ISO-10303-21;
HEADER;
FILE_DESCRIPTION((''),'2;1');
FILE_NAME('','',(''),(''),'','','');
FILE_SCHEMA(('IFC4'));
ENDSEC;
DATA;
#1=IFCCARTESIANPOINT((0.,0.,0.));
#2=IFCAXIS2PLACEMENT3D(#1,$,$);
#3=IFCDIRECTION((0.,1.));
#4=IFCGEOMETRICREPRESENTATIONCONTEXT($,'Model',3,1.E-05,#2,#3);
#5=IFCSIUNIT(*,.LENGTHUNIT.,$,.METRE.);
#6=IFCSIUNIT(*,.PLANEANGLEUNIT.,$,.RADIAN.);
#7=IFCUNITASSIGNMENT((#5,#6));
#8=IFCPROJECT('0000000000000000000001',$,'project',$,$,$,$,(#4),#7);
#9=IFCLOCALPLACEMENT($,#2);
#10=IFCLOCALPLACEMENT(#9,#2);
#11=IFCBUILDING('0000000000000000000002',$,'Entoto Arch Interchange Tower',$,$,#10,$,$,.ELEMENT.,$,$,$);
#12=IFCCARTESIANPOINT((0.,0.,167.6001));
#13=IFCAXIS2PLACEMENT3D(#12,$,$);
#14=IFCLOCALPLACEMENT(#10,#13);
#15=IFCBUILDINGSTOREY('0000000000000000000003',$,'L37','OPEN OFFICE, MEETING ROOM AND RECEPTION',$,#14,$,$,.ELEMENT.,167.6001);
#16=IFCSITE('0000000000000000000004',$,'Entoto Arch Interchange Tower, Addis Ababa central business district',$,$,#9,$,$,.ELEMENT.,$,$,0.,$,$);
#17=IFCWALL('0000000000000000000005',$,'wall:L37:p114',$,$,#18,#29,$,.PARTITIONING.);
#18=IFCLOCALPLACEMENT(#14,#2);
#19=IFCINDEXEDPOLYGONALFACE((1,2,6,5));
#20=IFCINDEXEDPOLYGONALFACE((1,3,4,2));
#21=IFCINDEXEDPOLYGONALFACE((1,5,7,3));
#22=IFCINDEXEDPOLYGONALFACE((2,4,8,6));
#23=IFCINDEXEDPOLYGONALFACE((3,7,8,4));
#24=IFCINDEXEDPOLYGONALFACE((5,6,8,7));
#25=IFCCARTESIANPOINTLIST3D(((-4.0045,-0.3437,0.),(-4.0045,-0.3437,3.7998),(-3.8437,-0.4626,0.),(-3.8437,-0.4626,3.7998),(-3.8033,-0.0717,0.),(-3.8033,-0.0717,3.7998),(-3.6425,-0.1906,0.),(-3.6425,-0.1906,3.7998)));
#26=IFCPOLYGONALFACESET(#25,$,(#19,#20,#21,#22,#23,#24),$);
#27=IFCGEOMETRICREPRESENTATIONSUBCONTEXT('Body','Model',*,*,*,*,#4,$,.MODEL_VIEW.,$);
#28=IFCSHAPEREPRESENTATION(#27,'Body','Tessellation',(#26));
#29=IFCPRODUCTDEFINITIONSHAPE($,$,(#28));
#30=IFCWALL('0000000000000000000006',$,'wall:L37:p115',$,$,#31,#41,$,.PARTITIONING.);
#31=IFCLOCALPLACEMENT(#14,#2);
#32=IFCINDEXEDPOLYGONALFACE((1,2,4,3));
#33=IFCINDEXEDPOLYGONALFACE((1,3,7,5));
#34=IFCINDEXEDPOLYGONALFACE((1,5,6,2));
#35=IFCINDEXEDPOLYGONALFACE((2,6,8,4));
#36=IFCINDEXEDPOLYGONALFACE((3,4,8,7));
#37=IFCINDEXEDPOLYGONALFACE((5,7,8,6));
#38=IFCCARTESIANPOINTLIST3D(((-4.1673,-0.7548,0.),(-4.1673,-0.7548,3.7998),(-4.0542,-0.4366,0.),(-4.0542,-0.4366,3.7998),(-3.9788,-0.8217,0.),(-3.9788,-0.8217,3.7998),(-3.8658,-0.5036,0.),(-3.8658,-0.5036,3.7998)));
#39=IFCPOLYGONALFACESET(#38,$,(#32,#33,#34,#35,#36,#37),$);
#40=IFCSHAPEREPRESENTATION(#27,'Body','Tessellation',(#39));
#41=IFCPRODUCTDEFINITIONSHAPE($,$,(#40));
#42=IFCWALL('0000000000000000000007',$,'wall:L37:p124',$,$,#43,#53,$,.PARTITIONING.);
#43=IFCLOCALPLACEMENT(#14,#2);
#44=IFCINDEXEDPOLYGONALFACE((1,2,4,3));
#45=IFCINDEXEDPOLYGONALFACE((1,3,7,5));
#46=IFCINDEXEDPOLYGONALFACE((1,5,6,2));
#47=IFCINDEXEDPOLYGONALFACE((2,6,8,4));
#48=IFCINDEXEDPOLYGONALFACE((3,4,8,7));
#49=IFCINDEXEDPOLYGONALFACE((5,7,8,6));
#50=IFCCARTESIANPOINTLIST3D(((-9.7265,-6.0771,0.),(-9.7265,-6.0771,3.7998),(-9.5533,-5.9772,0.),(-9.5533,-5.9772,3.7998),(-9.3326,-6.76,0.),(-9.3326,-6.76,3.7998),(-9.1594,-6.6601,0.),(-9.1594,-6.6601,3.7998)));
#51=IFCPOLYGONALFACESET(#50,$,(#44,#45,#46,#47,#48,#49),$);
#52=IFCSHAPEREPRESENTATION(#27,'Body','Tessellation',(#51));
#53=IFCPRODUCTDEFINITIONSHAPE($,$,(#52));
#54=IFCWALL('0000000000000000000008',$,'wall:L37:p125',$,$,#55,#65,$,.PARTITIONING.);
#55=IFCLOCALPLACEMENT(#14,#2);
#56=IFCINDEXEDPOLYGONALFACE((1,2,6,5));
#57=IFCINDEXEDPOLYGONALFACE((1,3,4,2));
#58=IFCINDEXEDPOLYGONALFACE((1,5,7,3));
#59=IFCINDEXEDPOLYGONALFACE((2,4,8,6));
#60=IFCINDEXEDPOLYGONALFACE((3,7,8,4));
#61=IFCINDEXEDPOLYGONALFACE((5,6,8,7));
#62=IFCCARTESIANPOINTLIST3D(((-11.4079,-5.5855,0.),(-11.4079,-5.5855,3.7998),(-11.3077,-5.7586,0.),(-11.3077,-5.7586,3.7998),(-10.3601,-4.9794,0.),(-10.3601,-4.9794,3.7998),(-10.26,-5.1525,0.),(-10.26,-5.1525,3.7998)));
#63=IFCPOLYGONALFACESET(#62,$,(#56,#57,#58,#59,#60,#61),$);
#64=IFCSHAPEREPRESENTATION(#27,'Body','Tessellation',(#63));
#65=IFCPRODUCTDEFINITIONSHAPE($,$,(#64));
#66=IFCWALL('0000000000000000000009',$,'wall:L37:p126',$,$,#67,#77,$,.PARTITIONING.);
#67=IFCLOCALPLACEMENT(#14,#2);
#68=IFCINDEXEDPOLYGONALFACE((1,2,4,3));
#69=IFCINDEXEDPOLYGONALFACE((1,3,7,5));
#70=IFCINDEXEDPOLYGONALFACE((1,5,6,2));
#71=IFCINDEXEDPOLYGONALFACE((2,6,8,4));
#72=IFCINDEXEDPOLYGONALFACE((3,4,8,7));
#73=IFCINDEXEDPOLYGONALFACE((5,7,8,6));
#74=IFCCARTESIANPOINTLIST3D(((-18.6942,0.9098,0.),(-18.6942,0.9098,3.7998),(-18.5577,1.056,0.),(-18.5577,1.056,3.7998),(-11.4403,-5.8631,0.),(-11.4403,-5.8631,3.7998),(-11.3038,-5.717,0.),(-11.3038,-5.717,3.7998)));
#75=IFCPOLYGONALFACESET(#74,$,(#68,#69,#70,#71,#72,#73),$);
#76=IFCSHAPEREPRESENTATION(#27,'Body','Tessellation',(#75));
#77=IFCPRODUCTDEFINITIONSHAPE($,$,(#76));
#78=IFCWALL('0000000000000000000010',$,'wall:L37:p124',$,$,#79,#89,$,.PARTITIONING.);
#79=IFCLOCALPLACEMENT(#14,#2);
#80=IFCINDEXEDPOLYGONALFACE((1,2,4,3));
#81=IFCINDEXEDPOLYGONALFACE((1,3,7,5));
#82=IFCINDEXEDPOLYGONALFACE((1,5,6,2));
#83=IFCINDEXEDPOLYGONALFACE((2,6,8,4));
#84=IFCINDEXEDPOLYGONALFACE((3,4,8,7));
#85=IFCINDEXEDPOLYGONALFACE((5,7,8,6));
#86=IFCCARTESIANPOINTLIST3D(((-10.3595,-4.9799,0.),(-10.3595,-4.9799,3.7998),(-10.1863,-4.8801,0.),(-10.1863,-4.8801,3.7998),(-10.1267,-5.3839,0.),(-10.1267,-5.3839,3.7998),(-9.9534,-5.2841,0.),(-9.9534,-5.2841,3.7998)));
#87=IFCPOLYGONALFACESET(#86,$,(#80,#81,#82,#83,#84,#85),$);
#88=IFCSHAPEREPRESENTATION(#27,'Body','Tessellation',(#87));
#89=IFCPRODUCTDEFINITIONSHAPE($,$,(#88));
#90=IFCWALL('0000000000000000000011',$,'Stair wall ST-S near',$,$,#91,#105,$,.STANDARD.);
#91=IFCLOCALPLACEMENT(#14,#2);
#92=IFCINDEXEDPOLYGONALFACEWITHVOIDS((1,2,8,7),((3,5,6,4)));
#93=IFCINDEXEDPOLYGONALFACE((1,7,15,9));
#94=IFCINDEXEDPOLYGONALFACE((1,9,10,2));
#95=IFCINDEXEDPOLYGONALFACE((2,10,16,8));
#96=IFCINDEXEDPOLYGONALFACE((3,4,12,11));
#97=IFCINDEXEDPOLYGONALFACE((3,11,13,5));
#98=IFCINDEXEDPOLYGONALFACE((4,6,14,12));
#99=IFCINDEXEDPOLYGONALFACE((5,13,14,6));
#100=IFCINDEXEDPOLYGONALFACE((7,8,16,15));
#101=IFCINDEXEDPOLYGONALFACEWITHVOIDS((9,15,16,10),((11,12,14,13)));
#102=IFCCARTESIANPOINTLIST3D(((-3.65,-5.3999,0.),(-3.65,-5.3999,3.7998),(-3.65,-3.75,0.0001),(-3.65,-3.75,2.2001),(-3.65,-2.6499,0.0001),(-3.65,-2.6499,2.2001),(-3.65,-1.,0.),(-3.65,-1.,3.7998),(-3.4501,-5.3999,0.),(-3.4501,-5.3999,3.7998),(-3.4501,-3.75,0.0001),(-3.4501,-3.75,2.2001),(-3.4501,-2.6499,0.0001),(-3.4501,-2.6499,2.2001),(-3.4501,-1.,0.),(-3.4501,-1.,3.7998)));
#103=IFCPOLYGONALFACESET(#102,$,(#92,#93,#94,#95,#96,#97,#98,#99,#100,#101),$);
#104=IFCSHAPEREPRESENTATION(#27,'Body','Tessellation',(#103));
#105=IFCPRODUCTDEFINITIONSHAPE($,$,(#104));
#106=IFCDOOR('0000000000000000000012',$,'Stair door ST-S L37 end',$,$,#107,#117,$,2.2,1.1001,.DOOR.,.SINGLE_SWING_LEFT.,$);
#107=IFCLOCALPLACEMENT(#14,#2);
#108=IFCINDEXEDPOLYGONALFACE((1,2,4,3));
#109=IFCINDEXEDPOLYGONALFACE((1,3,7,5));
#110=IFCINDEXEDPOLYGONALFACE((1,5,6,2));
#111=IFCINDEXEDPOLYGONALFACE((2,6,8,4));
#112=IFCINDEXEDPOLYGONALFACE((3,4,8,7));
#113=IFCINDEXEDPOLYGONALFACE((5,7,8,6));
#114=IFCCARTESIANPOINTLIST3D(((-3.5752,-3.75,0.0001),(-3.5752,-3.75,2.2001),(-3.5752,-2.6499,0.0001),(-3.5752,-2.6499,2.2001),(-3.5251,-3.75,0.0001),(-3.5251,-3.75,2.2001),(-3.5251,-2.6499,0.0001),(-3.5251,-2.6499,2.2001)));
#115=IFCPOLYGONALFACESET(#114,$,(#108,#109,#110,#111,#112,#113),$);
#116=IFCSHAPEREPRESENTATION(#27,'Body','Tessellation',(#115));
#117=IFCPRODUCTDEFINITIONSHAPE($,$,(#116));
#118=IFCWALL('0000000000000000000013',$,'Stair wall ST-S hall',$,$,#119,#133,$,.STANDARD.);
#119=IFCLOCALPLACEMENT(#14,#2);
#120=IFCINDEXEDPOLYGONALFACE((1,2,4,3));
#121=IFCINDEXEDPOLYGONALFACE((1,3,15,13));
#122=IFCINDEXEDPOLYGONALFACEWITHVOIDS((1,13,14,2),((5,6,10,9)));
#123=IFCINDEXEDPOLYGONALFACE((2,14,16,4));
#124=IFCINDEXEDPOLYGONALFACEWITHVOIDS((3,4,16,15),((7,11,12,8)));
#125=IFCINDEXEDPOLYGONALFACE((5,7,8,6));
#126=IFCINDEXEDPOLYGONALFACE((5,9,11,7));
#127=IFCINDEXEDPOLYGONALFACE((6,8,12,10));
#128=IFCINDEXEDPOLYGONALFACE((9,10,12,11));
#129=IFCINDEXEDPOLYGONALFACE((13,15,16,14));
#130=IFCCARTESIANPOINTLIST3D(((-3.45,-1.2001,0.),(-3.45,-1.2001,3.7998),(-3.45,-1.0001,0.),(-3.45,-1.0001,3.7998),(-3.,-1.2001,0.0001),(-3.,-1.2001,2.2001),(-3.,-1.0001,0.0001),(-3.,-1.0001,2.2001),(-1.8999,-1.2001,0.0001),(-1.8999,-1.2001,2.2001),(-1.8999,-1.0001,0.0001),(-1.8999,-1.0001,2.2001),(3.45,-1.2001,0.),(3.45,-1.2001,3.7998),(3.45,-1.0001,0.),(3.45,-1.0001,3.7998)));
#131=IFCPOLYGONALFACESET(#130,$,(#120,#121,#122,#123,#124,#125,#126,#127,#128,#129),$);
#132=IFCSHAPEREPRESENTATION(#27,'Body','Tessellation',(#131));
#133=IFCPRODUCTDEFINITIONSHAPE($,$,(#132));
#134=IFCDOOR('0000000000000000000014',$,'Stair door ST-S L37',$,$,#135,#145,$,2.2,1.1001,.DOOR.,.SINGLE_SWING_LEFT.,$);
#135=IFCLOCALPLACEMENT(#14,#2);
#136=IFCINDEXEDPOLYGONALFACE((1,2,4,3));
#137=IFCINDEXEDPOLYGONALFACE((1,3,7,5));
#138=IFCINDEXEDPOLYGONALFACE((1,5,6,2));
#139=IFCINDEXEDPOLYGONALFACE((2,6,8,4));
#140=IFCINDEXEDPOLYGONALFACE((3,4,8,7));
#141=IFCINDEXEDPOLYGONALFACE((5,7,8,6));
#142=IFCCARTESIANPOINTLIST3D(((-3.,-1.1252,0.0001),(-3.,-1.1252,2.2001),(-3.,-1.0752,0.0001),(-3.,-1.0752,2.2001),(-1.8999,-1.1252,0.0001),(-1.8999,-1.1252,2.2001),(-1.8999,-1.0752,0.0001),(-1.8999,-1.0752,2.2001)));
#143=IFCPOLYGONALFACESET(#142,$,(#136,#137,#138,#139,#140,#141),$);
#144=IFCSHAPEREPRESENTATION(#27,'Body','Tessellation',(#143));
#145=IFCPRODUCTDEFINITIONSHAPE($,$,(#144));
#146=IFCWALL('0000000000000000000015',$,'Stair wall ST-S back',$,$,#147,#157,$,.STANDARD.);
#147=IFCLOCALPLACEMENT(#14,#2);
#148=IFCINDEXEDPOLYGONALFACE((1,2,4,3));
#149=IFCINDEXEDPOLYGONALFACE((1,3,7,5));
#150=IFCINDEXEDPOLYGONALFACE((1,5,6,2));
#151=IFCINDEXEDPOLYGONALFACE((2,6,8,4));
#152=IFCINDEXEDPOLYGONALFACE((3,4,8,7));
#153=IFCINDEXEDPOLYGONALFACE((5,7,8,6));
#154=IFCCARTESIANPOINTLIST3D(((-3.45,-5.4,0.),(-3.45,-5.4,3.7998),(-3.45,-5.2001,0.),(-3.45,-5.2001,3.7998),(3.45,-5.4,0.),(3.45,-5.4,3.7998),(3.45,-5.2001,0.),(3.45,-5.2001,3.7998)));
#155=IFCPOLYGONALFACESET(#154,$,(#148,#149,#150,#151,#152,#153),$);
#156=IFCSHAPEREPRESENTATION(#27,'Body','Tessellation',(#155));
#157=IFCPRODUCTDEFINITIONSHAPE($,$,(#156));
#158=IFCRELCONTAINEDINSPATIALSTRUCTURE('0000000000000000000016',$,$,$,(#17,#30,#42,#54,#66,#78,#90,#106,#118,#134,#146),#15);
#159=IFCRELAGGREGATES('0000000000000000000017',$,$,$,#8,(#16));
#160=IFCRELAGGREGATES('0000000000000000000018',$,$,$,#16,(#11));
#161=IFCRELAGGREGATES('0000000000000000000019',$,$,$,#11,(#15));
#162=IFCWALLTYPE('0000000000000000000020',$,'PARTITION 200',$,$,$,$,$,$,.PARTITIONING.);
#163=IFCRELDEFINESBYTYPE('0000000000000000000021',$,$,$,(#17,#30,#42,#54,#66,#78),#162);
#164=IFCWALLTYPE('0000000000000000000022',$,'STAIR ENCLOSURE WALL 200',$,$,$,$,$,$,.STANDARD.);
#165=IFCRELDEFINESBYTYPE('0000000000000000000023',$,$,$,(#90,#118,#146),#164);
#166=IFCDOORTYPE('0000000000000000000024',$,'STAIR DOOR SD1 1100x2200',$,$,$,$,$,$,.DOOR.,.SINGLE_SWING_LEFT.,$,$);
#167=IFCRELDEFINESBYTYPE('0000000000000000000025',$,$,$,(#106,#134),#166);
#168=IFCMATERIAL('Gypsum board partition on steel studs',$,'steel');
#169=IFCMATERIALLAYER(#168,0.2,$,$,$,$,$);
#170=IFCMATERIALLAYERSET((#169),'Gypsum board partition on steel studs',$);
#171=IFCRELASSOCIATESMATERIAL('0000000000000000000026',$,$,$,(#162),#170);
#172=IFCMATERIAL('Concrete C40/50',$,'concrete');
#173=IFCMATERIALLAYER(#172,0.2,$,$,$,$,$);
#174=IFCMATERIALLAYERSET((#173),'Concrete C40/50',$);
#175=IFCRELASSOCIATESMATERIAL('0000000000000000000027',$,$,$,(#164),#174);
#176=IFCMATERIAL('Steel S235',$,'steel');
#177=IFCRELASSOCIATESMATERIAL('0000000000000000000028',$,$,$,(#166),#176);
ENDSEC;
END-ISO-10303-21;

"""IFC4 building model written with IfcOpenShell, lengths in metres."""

from ifc_helpers import new_model, si_unit, direction, frame, frame_2d, origin, place, context, subcontext, project, spatial, rectangle, extrude, material, layer, layer_set, type_object, element, fill, save


model = new_model("IFC4")

# Units and contexts
model_context = context("Model", 3, precision=1e-05, world=origin(), true_north=direction((0.0, 1.0)))
body_context = subcontext(model_context, "Body", "Model", "MODEL_VIEW")
ifc_project = project(units=[si_unit("LENGTHUNIT", "METRE"), si_unit("PLANEANGLEUNIT", "RADIAN")], contexts=[model_context])

# Site, building, storey
site_placement = place(None, origin())
site = spatial("IfcSite", under=ifc_project, at=site_placement, Name="Entoto Arch Interchange Tower, Addis Ababa central business district", CompositionType="ELEMENT", RefElevation=0.0)
building_placement = place(site_placement, origin())
building = spatial("IfcBuilding", under=site, at=building_placement, Name="Entoto Arch Interchange Tower", CompositionType="ELEMENT")
storey_placement = place(building_placement, frame((0.0, 0.0, 167.6001)))
storey = spatial("IfcBuildingStorey", under=building, at=storey_placement, Name="L37", Description="OPEN OFFICE, MEETING ROOM AND RECEPTION", CompositionType="ELEMENT", Elevation=167.6001)

# Shared definitions
ifc_material_1 = material(Name="Concrete C40/50", Category="concrete")
ifc_material_2 = material(Name="Gypsum board partition on steel studs", Category="steel")
ifc_layer_1 = layer(ifc_material_2, 0.2)
ifc_layer_set_1 = layer_set([ifc_layer_1], Name="Gypsum board partition on steel studs")
wall_type_1 = type_object("IfcWallType", Name="PARTITION 200", PredefinedType="PARTITIONING", material=ifc_layer_set_1)

# Walls
wall_1_placement = place(storey_placement, frame((-3.7229, -0.1311, 0.0), z_axis=(0.0, 0.0, 1.0), x_axis=(-0.594675, -0.803966, 0.0)))
element("IfcWall", 1, at=wall_1_placement, inside=storey, type_object=wall_type_1, Name="wall:L37:p114", PredefinedType="PARTITIONING", context=body_context, shape_type="SweptSolid", body=[
    extrude(rectangle(XDim=0.3384, YDim=0.2, at=frame_2d((0.1692, 0.0))), origin(), (0.0, 0.0, 1.0), 3.7998),
])
wall_2_placement = place(storey_placement, frame((-3.96, -0.47, 0.0), z_axis=(0.0, 0.0, 1.0), x_axis=(-0.334824, -0.942281, 0.0)))
element("IfcWall", 2, at=wall_2_placement, inside=storey, type_object=wall_type_1, Name="wall:L37:p115", PredefinedType="PARTITIONING", context=body_context, shape_type="SweptSolid", body=[
    extrude(rectangle(XDim=0.3376, YDim=0.2, at=frame_2d((0.1689, 0.0))), origin(), (0.0, 0.0, 1.0), 3.7998),
])
wall_3_placement = place(storey_placement, frame((-9.2461, -6.71, 0.0), z_axis=(0.0, 0.0, 1.0), x_axis=(-0.499571, 0.866273, 0.0)))
element("IfcWall", 3, at=wall_3_placement, inside=storey, type_object=wall_type_1, Name="wall:L37:p124", PredefinedType="PARTITIONING", context=body_context, shape_type="SweptSolid", body=[
    extrude(rectangle(XDim=0.7883, YDim=0.2, at=frame_2d((0.394, 0.0))), origin(), (0.0, 0.0, 1.0), 3.7998),
])
wall_4_placement = place(storey_placement, frame((-10.3101, -5.0659, 0.0), z_axis=(0.0, 0.0, 1.0), x_axis=(-0.865587, -0.500758, 0.0)))
element("IfcWall", 4, at=wall_4_placement, inside=storey, type_object=wall_type_1, Name="wall:L37:p125", PredefinedType="PARTITIONING", context=body_context, shape_type="SweptSolid", body=[
    extrude(rectangle(XDim=1.2104, YDim=0.2, at=frame_2d((0.6052, 0.0))), origin(), (0.0, 0.0, 1.0), 3.7998),
])
wall_5_placement = place(storey_placement, frame((-11.3721, -5.79, 0.0), z_axis=(0.0, 0.0, 1.0), x_axis=(-0.730923, 0.68246, 0.0)))
element("IfcWall", 5, at=wall_5_placement, inside=storey, type_object=wall_type_1, Name="wall:L37:p126", PredefinedType="PARTITIONING", context=body_context, shape_type="SweptSolid", body=[
    extrude(rectangle(XDim=9.9243, YDim=0.2, at=frame_2d((4.9622, 0.0))), origin(), (0.0, 0.0, 1.0), 3.7998),
])
wall_6_placement = place(storey_placement, frame((-10.04, -5.334, 0.0), z_axis=(0.0, 0.0, 1.0), x_axis=(-0.499405, 0.866369, 0.0)))
element("IfcWall", 6, at=wall_6_placement, inside=storey, type_object=wall_type_1, Name="wall:L37:p124", PredefinedType="PARTITIONING", context=body_context, shape_type="SweptSolid", body=[
    extrude(rectangle(XDim=0.4663, YDim=0.2, at=frame_2d((0.2332, 0.0))), origin(), (0.0, 0.0, 1.0), 3.7998),
])

# Walls, openings, doors
ifc_layer_2 = layer(ifc_material_1, 0.2)
ifc_layer_set_2 = layer_set([ifc_layer_2], Name="Concrete C40/50")
wall_type_2 = type_object("IfcWallType", Name="STAIR ENCLOSURE WALL 200", PredefinedType="STANDARD", material=ifc_layer_set_2)
wall_7_placement = place(storey_placement, frame((-3.55, -1.0, 0.0), z_axis=(0.0, 0.0, 1.0), x_axis=(0.0, -1.0, 0.0)))
wall_7 = element("IfcWall", 7, at=wall_7_placement, inside=storey, type_object=wall_type_2, Name="Stair wall ST-S near", PredefinedType="STANDARD", context=body_context, shape_type="SweptSolid", body=[
    extrude(rectangle(XDim=4.3999, YDim=0.2, at=frame_2d((2.2, 0.0))), origin(), (0.0, 0.0, 1.0), 3.7998),
])
opening_1_placement = place(wall_7_placement, frame((1.6499, 0.0, 0.0)))
opening_1 = element("IfcOpeningElement", 8, at=opening_1_placement, cuts=wall_7, PredefinedType="OPENING", context=body_context, shape_type="SweptSolid", body=[
    extrude(rectangle(XDim=1.1001, YDim=2.2, at=frame_2d((0.55, 1.1001))), frame((0.0, 0.1099, 0.0), z_axis=(0.0, -1.0, 0.0), x_axis=(1.0, 0.0, 0.0)), (0.0, 0.0, 1.0), 0.22),
])
ifc_material_3 = material(Name="Steel S235", Category="steel")
door_type_1 = type_object("IfcDoorType", Name="STAIR DOOR SD1 1100x2200", OperationType="SINGLE_SWING_LEFT", PredefinedType="DOOR", material=ifc_material_3)
door_1_placement = place(opening_1_placement, origin())
door_1 = element("IfcDoor", 9, at=door_1_placement, inside=storey, type_object=door_type_1, Name="Stair door ST-S L37 end", OperationType="SINGLE_SWING_LEFT", OverallHeight=2.2, OverallWidth=1.1001, PredefinedType="DOOR", context=body_context, shape_type="SweptSolid", body=[
    extrude(rectangle(XDim=1.1001, YDim=2.2, at=frame_2d((0.55, 1.1001))), frame((0.0, 0.0249, 0.0), z_axis=(0.0, -1.0, 0.0), x_axis=(1.0, 0.0, 0.0)), (0.0, 0.0, 1.0), 0.05),
])
fill(opening_1, door_1)
wall_8_placement = place(storey_placement, frame((-3.45, -1.1001, 0.0), z_axis=(0.0, 0.0, 1.0), x_axis=(1.0, 0.0, 0.0)))
wall_8 = element("IfcWall", 10, at=wall_8_placement, inside=storey, type_object=wall_type_2, Name="Stair wall ST-S hall", PredefinedType="STANDARD", context=body_context, shape_type="SweptSolid", body=[
    extrude(rectangle(XDim=6.8999, YDim=0.2, at=frame_2d((3.45, 0.0))), origin(), (0.0, 0.0, 1.0), 3.7998),
])
opening_2_placement = place(wall_8_placement, frame((0.45, 0.0, 0.0)))
opening_2 = element("IfcOpeningElement", 11, at=opening_2_placement, cuts=wall_8, PredefinedType="OPENING", context=body_context, shape_type="SweptSolid", body=[
    extrude(rectangle(XDim=1.1001, YDim=2.2, at=frame_2d((0.55, 1.1001))), frame((0.0, 0.1099, 0.0), z_axis=(0.0, -1.0, 0.0), x_axis=(1.0, 0.0, 0.0)), (0.0, 0.0, 1.0), 0.22),
])
door_2_placement = place(opening_2_placement, origin())
door_2 = element("IfcDoor", 12, at=door_2_placement, inside=storey, type_object=door_type_1, Name="Stair door ST-S L37", OperationType="SINGLE_SWING_LEFT", OverallHeight=2.2, OverallWidth=1.1001, PredefinedType="DOOR", context=body_context, shape_type="SweptSolid", body=[
    extrude(rectangle(XDim=1.1001, YDim=2.2, at=frame_2d((0.55, 1.1001))), frame((0.0, 0.0249, 0.0), z_axis=(0.0, -1.0, 0.0), x_axis=(1.0, 0.0, 0.0)), (0.0, 0.0, 1.0), 0.05),
])
fill(opening_2, door_2)

# Wall
wall_9_placement = place(storey_placement, frame((-3.45, -5.3, 0.0), z_axis=(0.0, 0.0, 1.0), x_axis=(1.0, 0.0, 0.0)))
element("IfcWall", 13, at=wall_9_placement, inside=storey, type_object=wall_type_2, Name="Stair wall ST-S back", PredefinedType="STANDARD", context=body_context, shape_type="SweptSolid", body=[
    extrude(rectangle(XDim=6.8999, YDim=0.2, at=frame_2d((3.45, 0.0))), origin(), (0.0, 0.0, 1.0), 3.7998),
])

save(model, "model.ifc")
